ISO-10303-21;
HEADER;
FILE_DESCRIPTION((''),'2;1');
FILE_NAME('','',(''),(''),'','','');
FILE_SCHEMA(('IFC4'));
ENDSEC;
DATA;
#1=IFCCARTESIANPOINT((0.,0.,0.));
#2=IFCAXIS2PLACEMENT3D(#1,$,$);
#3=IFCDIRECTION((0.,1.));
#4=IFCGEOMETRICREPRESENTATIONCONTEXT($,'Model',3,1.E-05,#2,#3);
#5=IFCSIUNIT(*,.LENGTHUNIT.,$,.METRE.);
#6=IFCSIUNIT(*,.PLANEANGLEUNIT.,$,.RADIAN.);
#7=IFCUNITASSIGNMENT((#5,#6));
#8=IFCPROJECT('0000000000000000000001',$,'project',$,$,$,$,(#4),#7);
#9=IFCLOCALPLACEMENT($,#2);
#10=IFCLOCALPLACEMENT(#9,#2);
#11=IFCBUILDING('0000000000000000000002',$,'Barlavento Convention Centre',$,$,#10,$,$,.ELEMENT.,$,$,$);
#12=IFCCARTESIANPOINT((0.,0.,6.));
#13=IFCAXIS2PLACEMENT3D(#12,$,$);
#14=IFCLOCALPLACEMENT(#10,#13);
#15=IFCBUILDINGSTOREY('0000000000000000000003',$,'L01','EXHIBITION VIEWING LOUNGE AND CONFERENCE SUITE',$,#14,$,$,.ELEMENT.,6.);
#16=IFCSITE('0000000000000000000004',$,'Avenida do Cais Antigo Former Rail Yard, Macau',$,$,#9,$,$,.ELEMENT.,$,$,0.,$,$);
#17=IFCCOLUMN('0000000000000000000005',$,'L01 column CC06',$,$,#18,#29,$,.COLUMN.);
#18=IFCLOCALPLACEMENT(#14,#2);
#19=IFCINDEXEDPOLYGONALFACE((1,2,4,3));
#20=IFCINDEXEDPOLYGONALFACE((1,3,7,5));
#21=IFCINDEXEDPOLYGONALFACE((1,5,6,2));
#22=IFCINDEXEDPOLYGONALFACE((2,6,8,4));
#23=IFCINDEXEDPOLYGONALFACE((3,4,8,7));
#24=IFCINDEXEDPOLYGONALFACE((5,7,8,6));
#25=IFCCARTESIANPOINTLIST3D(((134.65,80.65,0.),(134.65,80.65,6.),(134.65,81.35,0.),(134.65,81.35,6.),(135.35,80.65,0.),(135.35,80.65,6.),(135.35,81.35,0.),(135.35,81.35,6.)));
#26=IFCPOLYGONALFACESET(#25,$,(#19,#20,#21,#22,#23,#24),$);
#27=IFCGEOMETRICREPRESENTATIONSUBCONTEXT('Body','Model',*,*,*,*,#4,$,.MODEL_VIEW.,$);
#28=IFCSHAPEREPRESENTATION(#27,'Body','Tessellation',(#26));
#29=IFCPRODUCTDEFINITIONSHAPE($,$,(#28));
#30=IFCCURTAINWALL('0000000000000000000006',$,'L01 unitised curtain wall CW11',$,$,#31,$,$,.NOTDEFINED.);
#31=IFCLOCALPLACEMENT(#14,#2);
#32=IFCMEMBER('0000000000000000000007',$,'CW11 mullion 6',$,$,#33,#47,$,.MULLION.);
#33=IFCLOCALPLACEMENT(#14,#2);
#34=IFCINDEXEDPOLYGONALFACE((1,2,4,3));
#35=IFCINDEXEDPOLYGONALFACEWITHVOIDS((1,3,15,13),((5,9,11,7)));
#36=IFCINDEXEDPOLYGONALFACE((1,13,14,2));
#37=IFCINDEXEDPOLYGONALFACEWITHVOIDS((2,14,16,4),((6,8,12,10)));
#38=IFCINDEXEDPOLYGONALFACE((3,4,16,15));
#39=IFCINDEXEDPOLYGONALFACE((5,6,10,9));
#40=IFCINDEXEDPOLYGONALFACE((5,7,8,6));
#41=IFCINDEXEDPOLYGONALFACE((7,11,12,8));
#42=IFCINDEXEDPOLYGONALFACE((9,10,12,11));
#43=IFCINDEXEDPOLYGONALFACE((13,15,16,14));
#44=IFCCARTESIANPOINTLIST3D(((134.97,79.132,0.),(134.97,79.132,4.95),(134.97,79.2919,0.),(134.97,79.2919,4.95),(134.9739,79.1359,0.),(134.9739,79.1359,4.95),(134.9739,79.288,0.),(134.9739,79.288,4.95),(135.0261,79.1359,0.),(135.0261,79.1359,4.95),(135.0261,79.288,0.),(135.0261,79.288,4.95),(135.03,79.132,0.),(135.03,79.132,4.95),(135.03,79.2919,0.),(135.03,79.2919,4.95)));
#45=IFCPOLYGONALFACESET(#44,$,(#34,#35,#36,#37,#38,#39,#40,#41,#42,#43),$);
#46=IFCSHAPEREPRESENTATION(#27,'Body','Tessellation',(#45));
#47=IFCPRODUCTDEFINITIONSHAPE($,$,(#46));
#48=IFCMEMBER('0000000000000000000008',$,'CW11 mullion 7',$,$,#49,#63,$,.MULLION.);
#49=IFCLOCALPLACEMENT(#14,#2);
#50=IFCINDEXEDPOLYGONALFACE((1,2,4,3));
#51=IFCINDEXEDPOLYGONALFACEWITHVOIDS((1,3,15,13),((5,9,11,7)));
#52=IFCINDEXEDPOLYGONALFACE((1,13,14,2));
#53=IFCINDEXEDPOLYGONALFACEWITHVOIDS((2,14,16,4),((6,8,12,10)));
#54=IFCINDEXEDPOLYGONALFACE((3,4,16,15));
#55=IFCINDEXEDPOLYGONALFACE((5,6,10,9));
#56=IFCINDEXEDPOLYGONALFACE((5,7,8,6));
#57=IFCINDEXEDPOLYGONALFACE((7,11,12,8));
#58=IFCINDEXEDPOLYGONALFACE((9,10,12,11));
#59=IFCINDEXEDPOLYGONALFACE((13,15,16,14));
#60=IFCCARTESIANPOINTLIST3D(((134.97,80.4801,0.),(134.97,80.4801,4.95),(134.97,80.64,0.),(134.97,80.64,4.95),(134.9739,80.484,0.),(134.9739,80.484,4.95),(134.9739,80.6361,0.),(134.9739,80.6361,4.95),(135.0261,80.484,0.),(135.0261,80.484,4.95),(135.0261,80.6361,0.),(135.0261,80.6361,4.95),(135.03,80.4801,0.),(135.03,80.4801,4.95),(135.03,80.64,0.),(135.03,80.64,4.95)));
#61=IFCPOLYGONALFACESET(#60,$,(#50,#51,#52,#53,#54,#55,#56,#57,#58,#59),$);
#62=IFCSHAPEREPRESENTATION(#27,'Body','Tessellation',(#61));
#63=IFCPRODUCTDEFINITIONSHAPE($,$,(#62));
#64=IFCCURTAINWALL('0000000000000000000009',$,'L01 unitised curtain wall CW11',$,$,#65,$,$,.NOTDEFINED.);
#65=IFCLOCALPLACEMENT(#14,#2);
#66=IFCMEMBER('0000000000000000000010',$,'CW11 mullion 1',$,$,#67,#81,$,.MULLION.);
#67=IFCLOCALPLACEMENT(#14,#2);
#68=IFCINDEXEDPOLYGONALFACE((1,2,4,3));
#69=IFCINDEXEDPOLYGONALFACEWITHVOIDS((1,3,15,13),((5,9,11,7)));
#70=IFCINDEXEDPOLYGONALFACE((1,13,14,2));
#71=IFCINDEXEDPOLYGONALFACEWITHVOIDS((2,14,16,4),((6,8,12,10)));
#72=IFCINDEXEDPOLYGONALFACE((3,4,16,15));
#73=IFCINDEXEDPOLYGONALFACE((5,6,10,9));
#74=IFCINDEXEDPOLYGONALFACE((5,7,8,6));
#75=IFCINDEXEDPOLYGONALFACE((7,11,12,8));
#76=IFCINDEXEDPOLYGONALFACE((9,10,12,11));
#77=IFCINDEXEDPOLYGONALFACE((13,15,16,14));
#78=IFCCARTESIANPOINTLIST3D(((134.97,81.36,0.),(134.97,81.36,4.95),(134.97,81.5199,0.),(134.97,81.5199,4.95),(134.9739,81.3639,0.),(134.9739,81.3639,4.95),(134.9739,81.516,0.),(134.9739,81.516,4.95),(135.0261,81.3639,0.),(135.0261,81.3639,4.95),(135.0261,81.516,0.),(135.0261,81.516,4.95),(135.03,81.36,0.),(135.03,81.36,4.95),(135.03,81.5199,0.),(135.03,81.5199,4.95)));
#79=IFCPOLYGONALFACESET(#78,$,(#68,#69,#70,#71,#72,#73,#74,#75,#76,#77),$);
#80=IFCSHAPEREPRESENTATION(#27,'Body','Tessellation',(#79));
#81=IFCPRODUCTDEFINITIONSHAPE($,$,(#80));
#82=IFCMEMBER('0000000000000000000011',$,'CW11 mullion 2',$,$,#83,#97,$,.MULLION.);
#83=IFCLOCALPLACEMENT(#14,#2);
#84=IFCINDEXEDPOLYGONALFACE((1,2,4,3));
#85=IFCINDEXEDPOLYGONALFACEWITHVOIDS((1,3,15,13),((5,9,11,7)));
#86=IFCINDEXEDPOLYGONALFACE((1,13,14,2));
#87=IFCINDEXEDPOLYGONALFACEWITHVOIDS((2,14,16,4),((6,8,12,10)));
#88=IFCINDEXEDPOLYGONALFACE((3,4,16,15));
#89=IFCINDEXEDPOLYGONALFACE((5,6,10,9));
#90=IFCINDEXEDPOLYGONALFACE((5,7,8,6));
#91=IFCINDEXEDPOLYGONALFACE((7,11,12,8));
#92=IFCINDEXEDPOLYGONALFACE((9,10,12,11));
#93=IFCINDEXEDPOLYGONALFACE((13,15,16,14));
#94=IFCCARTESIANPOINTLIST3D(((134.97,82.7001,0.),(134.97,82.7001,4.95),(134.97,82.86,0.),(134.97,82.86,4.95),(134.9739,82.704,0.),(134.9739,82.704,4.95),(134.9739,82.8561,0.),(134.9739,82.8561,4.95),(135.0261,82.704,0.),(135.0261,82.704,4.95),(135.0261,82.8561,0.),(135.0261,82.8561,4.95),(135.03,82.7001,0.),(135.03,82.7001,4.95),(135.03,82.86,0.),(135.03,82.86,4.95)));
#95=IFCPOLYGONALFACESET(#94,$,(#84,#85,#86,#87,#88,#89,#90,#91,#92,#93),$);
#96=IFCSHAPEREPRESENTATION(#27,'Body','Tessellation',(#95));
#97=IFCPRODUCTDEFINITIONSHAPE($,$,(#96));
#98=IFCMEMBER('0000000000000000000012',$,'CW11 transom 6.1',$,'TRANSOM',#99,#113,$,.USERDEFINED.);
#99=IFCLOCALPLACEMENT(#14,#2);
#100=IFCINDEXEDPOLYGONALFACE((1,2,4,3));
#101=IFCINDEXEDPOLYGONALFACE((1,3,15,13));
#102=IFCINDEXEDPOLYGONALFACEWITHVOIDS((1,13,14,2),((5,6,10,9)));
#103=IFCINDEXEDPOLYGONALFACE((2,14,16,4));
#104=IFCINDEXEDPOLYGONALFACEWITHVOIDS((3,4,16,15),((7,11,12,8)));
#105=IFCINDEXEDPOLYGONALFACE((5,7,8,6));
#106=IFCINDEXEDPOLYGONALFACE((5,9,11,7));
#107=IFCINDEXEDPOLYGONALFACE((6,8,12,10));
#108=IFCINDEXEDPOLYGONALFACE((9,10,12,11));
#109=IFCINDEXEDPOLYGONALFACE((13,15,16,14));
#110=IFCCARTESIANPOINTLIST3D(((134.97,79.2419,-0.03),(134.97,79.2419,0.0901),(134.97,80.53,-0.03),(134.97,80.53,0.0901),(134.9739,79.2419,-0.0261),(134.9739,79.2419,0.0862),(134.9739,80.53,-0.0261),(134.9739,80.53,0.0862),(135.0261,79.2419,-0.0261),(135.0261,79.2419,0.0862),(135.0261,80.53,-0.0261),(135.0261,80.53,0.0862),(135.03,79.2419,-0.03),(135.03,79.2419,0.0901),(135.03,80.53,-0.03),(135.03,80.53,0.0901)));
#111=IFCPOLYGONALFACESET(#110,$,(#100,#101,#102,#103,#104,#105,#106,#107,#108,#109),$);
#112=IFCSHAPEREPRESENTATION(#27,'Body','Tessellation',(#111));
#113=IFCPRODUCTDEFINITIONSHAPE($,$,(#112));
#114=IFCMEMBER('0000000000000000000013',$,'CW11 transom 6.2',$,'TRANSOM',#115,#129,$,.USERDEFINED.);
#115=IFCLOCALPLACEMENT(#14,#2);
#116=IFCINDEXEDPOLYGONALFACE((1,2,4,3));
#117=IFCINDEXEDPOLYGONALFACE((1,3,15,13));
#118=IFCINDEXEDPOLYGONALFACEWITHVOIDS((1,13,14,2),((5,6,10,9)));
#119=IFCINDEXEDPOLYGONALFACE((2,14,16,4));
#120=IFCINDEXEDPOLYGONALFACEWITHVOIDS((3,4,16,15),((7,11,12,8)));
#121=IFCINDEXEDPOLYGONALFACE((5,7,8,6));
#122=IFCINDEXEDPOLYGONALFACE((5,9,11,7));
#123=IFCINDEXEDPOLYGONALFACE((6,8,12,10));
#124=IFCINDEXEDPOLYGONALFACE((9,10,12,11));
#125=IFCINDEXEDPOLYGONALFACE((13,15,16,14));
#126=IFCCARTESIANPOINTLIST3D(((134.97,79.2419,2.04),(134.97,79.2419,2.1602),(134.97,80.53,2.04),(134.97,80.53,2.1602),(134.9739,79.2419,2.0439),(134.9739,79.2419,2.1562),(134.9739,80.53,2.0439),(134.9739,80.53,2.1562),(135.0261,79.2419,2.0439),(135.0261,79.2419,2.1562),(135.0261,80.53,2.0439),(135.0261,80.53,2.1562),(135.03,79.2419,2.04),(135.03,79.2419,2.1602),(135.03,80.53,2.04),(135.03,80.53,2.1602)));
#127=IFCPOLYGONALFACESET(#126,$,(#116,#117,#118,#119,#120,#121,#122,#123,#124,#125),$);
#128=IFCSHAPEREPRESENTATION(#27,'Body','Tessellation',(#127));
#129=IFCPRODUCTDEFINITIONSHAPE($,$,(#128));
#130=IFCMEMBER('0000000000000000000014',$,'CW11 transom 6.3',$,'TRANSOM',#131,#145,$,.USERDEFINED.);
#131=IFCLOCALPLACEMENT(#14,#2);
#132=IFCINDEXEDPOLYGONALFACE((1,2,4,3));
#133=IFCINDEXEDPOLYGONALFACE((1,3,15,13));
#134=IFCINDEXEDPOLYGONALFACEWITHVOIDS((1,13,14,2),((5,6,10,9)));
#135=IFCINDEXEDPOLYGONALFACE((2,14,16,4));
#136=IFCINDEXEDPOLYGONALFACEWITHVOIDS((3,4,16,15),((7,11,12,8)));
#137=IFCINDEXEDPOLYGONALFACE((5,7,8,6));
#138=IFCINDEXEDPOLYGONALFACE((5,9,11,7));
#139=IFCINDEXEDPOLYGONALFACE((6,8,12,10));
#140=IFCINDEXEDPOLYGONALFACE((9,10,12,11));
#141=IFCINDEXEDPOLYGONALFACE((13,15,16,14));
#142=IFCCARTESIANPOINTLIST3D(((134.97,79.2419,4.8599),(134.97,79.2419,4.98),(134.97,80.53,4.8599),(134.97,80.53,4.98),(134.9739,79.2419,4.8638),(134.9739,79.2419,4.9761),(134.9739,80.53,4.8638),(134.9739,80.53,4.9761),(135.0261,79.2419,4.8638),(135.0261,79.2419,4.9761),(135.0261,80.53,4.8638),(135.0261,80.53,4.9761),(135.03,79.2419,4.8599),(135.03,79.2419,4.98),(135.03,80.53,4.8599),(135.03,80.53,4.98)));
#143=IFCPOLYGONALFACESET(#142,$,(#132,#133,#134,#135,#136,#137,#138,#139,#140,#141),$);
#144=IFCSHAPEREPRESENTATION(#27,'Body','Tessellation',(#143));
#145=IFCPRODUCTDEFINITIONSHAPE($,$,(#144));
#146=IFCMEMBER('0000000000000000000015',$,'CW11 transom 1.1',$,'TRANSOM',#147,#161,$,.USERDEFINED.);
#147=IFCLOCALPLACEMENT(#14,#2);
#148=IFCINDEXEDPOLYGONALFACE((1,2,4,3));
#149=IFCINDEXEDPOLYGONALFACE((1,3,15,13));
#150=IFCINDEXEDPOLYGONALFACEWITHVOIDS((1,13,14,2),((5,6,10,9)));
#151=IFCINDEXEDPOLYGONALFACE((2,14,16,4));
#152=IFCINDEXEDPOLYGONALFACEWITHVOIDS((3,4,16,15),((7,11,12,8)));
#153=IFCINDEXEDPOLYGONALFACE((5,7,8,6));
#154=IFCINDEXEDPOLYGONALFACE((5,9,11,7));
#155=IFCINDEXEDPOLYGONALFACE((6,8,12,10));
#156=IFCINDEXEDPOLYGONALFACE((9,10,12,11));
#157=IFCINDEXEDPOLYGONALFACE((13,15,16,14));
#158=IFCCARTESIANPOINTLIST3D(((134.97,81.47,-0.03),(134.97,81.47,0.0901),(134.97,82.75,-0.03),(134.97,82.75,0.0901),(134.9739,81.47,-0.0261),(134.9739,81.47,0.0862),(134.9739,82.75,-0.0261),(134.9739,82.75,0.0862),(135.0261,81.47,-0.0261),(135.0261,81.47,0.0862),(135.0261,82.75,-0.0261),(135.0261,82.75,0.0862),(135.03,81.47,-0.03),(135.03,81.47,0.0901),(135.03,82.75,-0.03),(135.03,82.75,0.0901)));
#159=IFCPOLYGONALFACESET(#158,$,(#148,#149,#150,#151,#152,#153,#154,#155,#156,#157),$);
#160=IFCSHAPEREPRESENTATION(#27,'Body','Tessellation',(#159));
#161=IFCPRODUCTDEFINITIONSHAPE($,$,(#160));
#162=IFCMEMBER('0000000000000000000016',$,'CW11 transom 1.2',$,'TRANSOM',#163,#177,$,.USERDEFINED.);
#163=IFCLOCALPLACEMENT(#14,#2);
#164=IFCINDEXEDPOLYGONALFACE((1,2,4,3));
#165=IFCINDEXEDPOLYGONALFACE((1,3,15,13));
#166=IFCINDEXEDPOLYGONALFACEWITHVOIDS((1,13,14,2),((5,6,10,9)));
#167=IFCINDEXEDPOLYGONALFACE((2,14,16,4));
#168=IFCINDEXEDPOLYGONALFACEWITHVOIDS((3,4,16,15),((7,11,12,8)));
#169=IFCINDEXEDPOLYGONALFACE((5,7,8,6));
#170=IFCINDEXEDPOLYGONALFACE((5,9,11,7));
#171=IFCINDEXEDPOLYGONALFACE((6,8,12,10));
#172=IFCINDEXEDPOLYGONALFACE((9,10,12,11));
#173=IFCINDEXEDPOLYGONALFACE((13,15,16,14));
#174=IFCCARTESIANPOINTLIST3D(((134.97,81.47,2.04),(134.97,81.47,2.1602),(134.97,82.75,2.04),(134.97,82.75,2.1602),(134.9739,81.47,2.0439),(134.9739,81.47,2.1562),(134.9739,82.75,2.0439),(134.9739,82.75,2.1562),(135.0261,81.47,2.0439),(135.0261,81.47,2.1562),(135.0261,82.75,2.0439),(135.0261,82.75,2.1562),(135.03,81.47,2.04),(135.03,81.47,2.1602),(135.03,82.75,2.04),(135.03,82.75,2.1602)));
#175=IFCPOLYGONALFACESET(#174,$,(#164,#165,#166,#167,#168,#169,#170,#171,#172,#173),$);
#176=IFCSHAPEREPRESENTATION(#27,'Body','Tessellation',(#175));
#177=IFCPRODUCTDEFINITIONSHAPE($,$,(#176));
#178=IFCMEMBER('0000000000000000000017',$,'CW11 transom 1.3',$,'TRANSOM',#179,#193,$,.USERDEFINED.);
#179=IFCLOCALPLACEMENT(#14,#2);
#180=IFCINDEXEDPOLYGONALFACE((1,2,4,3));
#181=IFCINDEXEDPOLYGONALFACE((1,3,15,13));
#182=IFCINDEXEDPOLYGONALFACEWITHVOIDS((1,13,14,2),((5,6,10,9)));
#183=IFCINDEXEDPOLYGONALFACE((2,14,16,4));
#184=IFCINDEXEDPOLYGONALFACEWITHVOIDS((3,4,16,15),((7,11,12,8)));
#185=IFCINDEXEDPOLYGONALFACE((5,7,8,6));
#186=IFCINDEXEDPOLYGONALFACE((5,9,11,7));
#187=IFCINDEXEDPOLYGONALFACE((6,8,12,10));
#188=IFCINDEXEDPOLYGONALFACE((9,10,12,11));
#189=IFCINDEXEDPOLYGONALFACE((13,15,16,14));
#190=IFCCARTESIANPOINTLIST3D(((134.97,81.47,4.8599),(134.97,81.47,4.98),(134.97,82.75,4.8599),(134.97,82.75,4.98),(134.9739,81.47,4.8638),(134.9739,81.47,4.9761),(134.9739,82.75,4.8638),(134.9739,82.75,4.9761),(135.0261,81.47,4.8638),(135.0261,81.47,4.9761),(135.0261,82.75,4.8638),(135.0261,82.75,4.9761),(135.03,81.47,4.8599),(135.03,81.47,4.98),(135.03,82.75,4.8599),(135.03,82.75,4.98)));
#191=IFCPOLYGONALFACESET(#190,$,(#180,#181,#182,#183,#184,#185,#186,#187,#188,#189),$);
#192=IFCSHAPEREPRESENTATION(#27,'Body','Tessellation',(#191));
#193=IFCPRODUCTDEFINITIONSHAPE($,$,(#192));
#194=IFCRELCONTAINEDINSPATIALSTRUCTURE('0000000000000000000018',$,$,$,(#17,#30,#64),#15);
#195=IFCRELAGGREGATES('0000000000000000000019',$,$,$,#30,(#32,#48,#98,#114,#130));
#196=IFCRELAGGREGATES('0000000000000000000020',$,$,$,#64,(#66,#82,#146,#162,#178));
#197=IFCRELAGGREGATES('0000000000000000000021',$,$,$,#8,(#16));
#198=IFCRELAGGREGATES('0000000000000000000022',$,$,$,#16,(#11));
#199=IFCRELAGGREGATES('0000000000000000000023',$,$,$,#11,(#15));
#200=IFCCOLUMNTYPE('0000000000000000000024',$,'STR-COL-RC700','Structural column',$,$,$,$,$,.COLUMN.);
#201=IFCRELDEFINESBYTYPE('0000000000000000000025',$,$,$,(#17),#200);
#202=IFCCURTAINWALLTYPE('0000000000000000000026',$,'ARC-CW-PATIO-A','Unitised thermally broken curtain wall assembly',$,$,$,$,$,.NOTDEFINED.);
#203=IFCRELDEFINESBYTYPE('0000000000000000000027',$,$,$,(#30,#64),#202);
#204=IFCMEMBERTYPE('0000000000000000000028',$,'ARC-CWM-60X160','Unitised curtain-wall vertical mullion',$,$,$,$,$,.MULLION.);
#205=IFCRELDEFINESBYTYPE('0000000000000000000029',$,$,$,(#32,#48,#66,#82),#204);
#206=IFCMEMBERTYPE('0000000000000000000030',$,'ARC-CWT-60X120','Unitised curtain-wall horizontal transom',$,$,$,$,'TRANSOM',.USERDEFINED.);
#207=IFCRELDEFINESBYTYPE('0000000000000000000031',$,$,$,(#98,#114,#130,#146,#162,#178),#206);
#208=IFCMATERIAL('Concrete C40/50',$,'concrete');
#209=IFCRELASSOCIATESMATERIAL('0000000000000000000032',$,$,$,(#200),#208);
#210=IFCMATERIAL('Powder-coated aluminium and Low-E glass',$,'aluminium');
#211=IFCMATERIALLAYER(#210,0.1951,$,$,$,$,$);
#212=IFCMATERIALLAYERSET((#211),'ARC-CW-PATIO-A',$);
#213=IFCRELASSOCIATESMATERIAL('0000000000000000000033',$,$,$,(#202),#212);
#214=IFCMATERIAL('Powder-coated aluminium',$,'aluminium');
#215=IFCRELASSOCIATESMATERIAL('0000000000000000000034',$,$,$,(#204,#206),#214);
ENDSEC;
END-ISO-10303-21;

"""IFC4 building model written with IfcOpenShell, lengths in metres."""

from ifc_helpers import new_model, si_unit, direction, frame, origin, origin_2d, place, context, subcontext, project, spatial, rectangle, hollow_rectangle, extrude, material, layer, layer_set, material_profile, profile_set, type_object, element, aggregate, save


model = new_model("IFC4")

# Units and contexts
model_context = context("Model", 3, precision=1e-05, world=origin(), true_north=direction((0.0, 1.0)))
body_context = subcontext(model_context, "Body", "Model", "MODEL_VIEW")
ifc_project = project(units=[si_unit("LENGTHUNIT", "METRE"), si_unit("PLANEANGLEUNIT", "RADIAN")], contexts=[model_context])

# Site, building, storey
site_placement = place(None, origin())
site = spatial("IfcSite", under=ifc_project, at=site_placement, Name="Avenida do Cais Antigo Former Rail Yard, Macau", CompositionType="ELEMENT", RefElevation=0.0)
building_placement = place(site_placement, origin())
building = spatial("IfcBuilding", under=site, at=building_placement, Name="Barlavento Convention Centre", CompositionType="ELEMENT")
storey_placement = place(building_placement, frame((0.0, 0.0, 6.0)))
storey = spatial("IfcBuildingStorey", under=building, at=storey_placement, Name="L01", Description="EXHIBITION VIEWING LOUNGE AND CONFERENCE SUITE", CompositionType="ELEMENT", Elevation=6.0)

# Column
ifc_material_1 = material(Name="Concrete C40/50", Category="concrete")
ifc_material_profile_1 = material_profile(ifc_material_1, rectangle(XDim=0.7, YDim=0.7, at=origin_2d()), Name="RC 700x700")
ifc_profile_set_1 = profile_set([ifc_material_profile_1], Name="Concrete C40/50")
column_type = type_object("IfcColumnType", Name="STR-COL-RC700", Description="Structural column", PredefinedType="COLUMN", material=ifc_profile_set_1)
column_placement = place(storey_placement, frame((135.0, 81.0, 0.0), z_axis=(0.0, 0.0, 1.0), x_axis=(1.0, 0.0, 0.0)))
element("IfcColumn", 1, at=column_placement, inside=storey, type_object=column_type, Name="L01 column CC06", PredefinedType="COLUMN", context=body_context, shape_type="SweptSolid", body=[
    extrude(rectangle(XDim=0.7, YDim=0.7, at=origin_2d()), origin(), (0.0, 0.0, 1.0), 6.0),
])

# Curtain walls, members
ifc_material_2 = material(Name="Powder-coated aluminium and Low-E glass", Category="aluminium")
ifc_layer_1 = layer(ifc_material_2, 0.1951)
ifc_layer_set_1 = layer_set([ifc_layer_1], Name="ARC-CW-PATIO-A")
curtain_wall_type = type_object("IfcCurtainWallType", Name="ARC-CW-PATIO-A", Description="Unitised thermally broken curtain wall assembly", PredefinedType="NOTDEFINED", material=ifc_layer_set_1)
curtain_wall_1_placement = place(storey_placement, origin())
curtain_wall_1 = element("IfcCurtainWall", 2, at=curtain_wall_1_placement, inside=storey, type_object=curtain_wall_type, Name="L01 unitised curtain wall CW11", PredefinedType="NOTDEFINED")
ifc_material_3 = material(Name="Powder-coated aluminium", Category="aluminium")
ifc_material_profile_2 = material_profile(ifc_material_3, hollow_rectangle(XDim=0.0601, YDim=0.1599, WallThickness=0.0039, at=origin_2d()), Name="AL-MULL 60x160x4")
ifc_profile_set_2 = profile_set([ifc_material_profile_2], Name="Powder-coated aluminium")
member_type_1 = type_object("IfcMemberType", Name="ARC-CWM-60X160", Description="Unitised curtain-wall vertical mullion", PredefinedType="MULLION", material=ifc_profile_set_2)
member_1_placement = place(storey_placement, frame((135.0, 79.2119, 0.0), z_axis=(0.0, 0.0, 1.0), x_axis=(-1.0, 0.0, 0.0)))
member_1 = element("IfcMember", 3, at=member_1_placement, type_object=member_type_1, Name="CW11 mullion 6", PredefinedType="MULLION", context=body_context, shape_type="SweptSolid", body=[
    extrude(hollow_rectangle(XDim=0.0601, YDim=0.1599, WallThickness=0.0039, at=origin_2d()), origin(), (0.0, 0.0, 1.0), 4.95),
])
member_2_placement = place(storey_placement, frame((135.0, 80.5601, 0.0), z_axis=(0.0, 0.0, 1.0), x_axis=(-1.0, 0.0, 0.0)))
member_2 = element("IfcMember", 4, at=member_2_placement, type_object=member_type_1, Name="CW11 mullion 7", PredefinedType="MULLION", context=body_context, shape_type="SweptSolid", body=[
    extrude(hollow_rectangle(XDim=0.0601, YDim=0.1599, WallThickness=0.0039, at=origin_2d()), origin(), (0.0, 0.0, 1.0), 4.95),
])
curtain_wall_2_placement = place(storey_placement, origin())
curtain_wall_2 = element("IfcCurtainWall", 5, at=curtain_wall_2_placement, inside=storey, type_object=curtain_wall_type, Name="L01 unitised curtain wall CW11", PredefinedType="NOTDEFINED")
member_3_placement = place(storey_placement, frame((135.0, 81.4399, 0.0), z_axis=(0.0, 0.0, 1.0), x_axis=(-1.0, 0.0, 0.0)))
member_3 = element("IfcMember", 6, at=member_3_placement, type_object=member_type_1, Name="CW11 mullion 1", PredefinedType="MULLION", context=body_context, shape_type="SweptSolid", body=[
    extrude(hollow_rectangle(XDim=0.0601, YDim=0.1599, WallThickness=0.0039, at=origin_2d()), origin(), (0.0, 0.0, 1.0), 4.95),
])
member_4_placement = place(storey_placement, frame((135.0, 82.78, 0.0), z_axis=(0.0, 0.0, 1.0), x_axis=(-1.0, 0.0, 0.0)))
member_4 = element("IfcMember", 7, at=member_4_placement, type_object=member_type_1, Name="CW11 mullion 2", PredefinedType="MULLION", context=body_context, shape_type="SweptSolid", body=[
    extrude(hollow_rectangle(XDim=0.0601, YDim=0.1599, WallThickness=0.0039, at=origin_2d()), origin(), (0.0, 0.0, 1.0), 4.95),
])

# Members
ifc_material_profile_3 = material_profile(ifc_material_3, hollow_rectangle(XDim=0.0601, YDim=0.1201, WallThickness=0.0039, at=origin_2d()), Name="AL-TRAN 60x120x4")
ifc_profile_set_3 = profile_set([ifc_material_profile_3], Name="Powder-coated aluminium")
member_type_2 = type_object("IfcMemberType", Name="ARC-CWT-60X120", Description="Unitised curtain-wall horizontal transom", ElementType="TRANSOM", PredefinedType="USERDEFINED", material=ifc_profile_set_3)
member_5_placement = place(storey_placement, frame((135.0, 79.2419, 0.03), z_axis=(0.0, 1.0, 0.0), x_axis=(-1.0, 0.0, 0.0)))
member_5 = element("IfcMember", 8, at=member_5_placement, type_object=member_type_2, Name="CW11 transom 6.1", ObjectType="TRANSOM", PredefinedType="USERDEFINED", context=body_context, shape_type="SweptSolid", body=[
    extrude(hollow_rectangle(XDim=0.0601, YDim=0.1201, WallThickness=0.0039, at=origin_2d()), origin(), (0.0, 0.0, 1.0), 1.2881),
])
member_6_placement = place(storey_placement, frame((135.0, 79.2419, 2.1001), z_axis=(0.0, 1.0, 0.0), x_axis=(-1.0, 0.0, 0.0)))
member_6 = element("IfcMember", 9, at=member_6_placement, type_object=member_type_2, Name="CW11 transom 6.2", ObjectType="TRANSOM", PredefinedType="USERDEFINED", context=body_context, shape_type="SweptSolid", body=[
    extrude(hollow_rectangle(XDim=0.0601, YDim=0.1201, WallThickness=0.0039, at=origin_2d()), origin(), (0.0, 0.0, 1.0), 1.2881),
])
member_7_placement = place(storey_placement, frame((135.0, 79.2419, 4.9199), z_axis=(0.0, 1.0, 0.0), x_axis=(-1.0, 0.0, 0.0)))
member_7 = element("IfcMember", 10, at=member_7_placement, type_object=member_type_2, Name="CW11 transom 6.3", ObjectType="TRANSOM", PredefinedType="USERDEFINED", context=body_context, shape_type="SweptSolid", body=[
    extrude(hollow_rectangle(XDim=0.0601, YDim=0.1201, WallThickness=0.0039, at=origin_2d()), origin(), (0.0, 0.0, 1.0), 1.2881),
])
member_8_placement = place(storey_placement, frame((135.0, 81.47, 0.03), z_axis=(0.0, 1.0, 0.0), x_axis=(-1.0, 0.0, 0.0)))
member_8 = element("IfcMember", 11, at=member_8_placement, type_object=member_type_2, Name="CW11 transom 1.1", ObjectType="TRANSOM", PredefinedType="USERDEFINED", context=body_context, shape_type="SweptSolid", body=[
    extrude(hollow_rectangle(XDim=0.0601, YDim=0.1201, WallThickness=0.0039, at=origin_2d()), origin(), (0.0, 0.0, 1.0), 1.28),
])
member_9_placement = place(storey_placement, frame((135.0, 81.47, 2.1001), z_axis=(0.0, 1.0, 0.0), x_axis=(-1.0, 0.0, 0.0)))
member_9 = element("IfcMember", 12, at=member_9_placement, type_object=member_type_2, Name="CW11 transom 1.2", ObjectType="TRANSOM", PredefinedType="USERDEFINED", context=body_context, shape_type="SweptSolid", body=[
    extrude(hollow_rectangle(XDim=0.0601, YDim=0.1201, WallThickness=0.0039, at=origin_2d()), origin(), (0.0, 0.0, 1.0), 1.28),
])
member_10_placement = place(storey_placement, frame((135.0, 81.47, 4.9199), z_axis=(0.0, 1.0, 0.0), x_axis=(-1.0, 0.0, 0.0)))
member_10 = element("IfcMember", 13, at=member_10_placement, type_object=member_type_2, Name="CW11 transom 1.3", ObjectType="TRANSOM", PredefinedType="USERDEFINED", context=body_context, shape_type="SweptSolid", body=[
    extrude(hollow_rectangle(XDim=0.0601, YDim=0.1201, WallThickness=0.0039, at=origin_2d()), origin(), (0.0, 0.0, 1.0), 1.28),
])

aggregate(curtain_wall_1, [member_1, member_2, member_5, member_6, member_7])
aggregate(curtain_wall_2, [member_3, member_4, member_8, member_9, member_10])

save(model, "model.ifc")
